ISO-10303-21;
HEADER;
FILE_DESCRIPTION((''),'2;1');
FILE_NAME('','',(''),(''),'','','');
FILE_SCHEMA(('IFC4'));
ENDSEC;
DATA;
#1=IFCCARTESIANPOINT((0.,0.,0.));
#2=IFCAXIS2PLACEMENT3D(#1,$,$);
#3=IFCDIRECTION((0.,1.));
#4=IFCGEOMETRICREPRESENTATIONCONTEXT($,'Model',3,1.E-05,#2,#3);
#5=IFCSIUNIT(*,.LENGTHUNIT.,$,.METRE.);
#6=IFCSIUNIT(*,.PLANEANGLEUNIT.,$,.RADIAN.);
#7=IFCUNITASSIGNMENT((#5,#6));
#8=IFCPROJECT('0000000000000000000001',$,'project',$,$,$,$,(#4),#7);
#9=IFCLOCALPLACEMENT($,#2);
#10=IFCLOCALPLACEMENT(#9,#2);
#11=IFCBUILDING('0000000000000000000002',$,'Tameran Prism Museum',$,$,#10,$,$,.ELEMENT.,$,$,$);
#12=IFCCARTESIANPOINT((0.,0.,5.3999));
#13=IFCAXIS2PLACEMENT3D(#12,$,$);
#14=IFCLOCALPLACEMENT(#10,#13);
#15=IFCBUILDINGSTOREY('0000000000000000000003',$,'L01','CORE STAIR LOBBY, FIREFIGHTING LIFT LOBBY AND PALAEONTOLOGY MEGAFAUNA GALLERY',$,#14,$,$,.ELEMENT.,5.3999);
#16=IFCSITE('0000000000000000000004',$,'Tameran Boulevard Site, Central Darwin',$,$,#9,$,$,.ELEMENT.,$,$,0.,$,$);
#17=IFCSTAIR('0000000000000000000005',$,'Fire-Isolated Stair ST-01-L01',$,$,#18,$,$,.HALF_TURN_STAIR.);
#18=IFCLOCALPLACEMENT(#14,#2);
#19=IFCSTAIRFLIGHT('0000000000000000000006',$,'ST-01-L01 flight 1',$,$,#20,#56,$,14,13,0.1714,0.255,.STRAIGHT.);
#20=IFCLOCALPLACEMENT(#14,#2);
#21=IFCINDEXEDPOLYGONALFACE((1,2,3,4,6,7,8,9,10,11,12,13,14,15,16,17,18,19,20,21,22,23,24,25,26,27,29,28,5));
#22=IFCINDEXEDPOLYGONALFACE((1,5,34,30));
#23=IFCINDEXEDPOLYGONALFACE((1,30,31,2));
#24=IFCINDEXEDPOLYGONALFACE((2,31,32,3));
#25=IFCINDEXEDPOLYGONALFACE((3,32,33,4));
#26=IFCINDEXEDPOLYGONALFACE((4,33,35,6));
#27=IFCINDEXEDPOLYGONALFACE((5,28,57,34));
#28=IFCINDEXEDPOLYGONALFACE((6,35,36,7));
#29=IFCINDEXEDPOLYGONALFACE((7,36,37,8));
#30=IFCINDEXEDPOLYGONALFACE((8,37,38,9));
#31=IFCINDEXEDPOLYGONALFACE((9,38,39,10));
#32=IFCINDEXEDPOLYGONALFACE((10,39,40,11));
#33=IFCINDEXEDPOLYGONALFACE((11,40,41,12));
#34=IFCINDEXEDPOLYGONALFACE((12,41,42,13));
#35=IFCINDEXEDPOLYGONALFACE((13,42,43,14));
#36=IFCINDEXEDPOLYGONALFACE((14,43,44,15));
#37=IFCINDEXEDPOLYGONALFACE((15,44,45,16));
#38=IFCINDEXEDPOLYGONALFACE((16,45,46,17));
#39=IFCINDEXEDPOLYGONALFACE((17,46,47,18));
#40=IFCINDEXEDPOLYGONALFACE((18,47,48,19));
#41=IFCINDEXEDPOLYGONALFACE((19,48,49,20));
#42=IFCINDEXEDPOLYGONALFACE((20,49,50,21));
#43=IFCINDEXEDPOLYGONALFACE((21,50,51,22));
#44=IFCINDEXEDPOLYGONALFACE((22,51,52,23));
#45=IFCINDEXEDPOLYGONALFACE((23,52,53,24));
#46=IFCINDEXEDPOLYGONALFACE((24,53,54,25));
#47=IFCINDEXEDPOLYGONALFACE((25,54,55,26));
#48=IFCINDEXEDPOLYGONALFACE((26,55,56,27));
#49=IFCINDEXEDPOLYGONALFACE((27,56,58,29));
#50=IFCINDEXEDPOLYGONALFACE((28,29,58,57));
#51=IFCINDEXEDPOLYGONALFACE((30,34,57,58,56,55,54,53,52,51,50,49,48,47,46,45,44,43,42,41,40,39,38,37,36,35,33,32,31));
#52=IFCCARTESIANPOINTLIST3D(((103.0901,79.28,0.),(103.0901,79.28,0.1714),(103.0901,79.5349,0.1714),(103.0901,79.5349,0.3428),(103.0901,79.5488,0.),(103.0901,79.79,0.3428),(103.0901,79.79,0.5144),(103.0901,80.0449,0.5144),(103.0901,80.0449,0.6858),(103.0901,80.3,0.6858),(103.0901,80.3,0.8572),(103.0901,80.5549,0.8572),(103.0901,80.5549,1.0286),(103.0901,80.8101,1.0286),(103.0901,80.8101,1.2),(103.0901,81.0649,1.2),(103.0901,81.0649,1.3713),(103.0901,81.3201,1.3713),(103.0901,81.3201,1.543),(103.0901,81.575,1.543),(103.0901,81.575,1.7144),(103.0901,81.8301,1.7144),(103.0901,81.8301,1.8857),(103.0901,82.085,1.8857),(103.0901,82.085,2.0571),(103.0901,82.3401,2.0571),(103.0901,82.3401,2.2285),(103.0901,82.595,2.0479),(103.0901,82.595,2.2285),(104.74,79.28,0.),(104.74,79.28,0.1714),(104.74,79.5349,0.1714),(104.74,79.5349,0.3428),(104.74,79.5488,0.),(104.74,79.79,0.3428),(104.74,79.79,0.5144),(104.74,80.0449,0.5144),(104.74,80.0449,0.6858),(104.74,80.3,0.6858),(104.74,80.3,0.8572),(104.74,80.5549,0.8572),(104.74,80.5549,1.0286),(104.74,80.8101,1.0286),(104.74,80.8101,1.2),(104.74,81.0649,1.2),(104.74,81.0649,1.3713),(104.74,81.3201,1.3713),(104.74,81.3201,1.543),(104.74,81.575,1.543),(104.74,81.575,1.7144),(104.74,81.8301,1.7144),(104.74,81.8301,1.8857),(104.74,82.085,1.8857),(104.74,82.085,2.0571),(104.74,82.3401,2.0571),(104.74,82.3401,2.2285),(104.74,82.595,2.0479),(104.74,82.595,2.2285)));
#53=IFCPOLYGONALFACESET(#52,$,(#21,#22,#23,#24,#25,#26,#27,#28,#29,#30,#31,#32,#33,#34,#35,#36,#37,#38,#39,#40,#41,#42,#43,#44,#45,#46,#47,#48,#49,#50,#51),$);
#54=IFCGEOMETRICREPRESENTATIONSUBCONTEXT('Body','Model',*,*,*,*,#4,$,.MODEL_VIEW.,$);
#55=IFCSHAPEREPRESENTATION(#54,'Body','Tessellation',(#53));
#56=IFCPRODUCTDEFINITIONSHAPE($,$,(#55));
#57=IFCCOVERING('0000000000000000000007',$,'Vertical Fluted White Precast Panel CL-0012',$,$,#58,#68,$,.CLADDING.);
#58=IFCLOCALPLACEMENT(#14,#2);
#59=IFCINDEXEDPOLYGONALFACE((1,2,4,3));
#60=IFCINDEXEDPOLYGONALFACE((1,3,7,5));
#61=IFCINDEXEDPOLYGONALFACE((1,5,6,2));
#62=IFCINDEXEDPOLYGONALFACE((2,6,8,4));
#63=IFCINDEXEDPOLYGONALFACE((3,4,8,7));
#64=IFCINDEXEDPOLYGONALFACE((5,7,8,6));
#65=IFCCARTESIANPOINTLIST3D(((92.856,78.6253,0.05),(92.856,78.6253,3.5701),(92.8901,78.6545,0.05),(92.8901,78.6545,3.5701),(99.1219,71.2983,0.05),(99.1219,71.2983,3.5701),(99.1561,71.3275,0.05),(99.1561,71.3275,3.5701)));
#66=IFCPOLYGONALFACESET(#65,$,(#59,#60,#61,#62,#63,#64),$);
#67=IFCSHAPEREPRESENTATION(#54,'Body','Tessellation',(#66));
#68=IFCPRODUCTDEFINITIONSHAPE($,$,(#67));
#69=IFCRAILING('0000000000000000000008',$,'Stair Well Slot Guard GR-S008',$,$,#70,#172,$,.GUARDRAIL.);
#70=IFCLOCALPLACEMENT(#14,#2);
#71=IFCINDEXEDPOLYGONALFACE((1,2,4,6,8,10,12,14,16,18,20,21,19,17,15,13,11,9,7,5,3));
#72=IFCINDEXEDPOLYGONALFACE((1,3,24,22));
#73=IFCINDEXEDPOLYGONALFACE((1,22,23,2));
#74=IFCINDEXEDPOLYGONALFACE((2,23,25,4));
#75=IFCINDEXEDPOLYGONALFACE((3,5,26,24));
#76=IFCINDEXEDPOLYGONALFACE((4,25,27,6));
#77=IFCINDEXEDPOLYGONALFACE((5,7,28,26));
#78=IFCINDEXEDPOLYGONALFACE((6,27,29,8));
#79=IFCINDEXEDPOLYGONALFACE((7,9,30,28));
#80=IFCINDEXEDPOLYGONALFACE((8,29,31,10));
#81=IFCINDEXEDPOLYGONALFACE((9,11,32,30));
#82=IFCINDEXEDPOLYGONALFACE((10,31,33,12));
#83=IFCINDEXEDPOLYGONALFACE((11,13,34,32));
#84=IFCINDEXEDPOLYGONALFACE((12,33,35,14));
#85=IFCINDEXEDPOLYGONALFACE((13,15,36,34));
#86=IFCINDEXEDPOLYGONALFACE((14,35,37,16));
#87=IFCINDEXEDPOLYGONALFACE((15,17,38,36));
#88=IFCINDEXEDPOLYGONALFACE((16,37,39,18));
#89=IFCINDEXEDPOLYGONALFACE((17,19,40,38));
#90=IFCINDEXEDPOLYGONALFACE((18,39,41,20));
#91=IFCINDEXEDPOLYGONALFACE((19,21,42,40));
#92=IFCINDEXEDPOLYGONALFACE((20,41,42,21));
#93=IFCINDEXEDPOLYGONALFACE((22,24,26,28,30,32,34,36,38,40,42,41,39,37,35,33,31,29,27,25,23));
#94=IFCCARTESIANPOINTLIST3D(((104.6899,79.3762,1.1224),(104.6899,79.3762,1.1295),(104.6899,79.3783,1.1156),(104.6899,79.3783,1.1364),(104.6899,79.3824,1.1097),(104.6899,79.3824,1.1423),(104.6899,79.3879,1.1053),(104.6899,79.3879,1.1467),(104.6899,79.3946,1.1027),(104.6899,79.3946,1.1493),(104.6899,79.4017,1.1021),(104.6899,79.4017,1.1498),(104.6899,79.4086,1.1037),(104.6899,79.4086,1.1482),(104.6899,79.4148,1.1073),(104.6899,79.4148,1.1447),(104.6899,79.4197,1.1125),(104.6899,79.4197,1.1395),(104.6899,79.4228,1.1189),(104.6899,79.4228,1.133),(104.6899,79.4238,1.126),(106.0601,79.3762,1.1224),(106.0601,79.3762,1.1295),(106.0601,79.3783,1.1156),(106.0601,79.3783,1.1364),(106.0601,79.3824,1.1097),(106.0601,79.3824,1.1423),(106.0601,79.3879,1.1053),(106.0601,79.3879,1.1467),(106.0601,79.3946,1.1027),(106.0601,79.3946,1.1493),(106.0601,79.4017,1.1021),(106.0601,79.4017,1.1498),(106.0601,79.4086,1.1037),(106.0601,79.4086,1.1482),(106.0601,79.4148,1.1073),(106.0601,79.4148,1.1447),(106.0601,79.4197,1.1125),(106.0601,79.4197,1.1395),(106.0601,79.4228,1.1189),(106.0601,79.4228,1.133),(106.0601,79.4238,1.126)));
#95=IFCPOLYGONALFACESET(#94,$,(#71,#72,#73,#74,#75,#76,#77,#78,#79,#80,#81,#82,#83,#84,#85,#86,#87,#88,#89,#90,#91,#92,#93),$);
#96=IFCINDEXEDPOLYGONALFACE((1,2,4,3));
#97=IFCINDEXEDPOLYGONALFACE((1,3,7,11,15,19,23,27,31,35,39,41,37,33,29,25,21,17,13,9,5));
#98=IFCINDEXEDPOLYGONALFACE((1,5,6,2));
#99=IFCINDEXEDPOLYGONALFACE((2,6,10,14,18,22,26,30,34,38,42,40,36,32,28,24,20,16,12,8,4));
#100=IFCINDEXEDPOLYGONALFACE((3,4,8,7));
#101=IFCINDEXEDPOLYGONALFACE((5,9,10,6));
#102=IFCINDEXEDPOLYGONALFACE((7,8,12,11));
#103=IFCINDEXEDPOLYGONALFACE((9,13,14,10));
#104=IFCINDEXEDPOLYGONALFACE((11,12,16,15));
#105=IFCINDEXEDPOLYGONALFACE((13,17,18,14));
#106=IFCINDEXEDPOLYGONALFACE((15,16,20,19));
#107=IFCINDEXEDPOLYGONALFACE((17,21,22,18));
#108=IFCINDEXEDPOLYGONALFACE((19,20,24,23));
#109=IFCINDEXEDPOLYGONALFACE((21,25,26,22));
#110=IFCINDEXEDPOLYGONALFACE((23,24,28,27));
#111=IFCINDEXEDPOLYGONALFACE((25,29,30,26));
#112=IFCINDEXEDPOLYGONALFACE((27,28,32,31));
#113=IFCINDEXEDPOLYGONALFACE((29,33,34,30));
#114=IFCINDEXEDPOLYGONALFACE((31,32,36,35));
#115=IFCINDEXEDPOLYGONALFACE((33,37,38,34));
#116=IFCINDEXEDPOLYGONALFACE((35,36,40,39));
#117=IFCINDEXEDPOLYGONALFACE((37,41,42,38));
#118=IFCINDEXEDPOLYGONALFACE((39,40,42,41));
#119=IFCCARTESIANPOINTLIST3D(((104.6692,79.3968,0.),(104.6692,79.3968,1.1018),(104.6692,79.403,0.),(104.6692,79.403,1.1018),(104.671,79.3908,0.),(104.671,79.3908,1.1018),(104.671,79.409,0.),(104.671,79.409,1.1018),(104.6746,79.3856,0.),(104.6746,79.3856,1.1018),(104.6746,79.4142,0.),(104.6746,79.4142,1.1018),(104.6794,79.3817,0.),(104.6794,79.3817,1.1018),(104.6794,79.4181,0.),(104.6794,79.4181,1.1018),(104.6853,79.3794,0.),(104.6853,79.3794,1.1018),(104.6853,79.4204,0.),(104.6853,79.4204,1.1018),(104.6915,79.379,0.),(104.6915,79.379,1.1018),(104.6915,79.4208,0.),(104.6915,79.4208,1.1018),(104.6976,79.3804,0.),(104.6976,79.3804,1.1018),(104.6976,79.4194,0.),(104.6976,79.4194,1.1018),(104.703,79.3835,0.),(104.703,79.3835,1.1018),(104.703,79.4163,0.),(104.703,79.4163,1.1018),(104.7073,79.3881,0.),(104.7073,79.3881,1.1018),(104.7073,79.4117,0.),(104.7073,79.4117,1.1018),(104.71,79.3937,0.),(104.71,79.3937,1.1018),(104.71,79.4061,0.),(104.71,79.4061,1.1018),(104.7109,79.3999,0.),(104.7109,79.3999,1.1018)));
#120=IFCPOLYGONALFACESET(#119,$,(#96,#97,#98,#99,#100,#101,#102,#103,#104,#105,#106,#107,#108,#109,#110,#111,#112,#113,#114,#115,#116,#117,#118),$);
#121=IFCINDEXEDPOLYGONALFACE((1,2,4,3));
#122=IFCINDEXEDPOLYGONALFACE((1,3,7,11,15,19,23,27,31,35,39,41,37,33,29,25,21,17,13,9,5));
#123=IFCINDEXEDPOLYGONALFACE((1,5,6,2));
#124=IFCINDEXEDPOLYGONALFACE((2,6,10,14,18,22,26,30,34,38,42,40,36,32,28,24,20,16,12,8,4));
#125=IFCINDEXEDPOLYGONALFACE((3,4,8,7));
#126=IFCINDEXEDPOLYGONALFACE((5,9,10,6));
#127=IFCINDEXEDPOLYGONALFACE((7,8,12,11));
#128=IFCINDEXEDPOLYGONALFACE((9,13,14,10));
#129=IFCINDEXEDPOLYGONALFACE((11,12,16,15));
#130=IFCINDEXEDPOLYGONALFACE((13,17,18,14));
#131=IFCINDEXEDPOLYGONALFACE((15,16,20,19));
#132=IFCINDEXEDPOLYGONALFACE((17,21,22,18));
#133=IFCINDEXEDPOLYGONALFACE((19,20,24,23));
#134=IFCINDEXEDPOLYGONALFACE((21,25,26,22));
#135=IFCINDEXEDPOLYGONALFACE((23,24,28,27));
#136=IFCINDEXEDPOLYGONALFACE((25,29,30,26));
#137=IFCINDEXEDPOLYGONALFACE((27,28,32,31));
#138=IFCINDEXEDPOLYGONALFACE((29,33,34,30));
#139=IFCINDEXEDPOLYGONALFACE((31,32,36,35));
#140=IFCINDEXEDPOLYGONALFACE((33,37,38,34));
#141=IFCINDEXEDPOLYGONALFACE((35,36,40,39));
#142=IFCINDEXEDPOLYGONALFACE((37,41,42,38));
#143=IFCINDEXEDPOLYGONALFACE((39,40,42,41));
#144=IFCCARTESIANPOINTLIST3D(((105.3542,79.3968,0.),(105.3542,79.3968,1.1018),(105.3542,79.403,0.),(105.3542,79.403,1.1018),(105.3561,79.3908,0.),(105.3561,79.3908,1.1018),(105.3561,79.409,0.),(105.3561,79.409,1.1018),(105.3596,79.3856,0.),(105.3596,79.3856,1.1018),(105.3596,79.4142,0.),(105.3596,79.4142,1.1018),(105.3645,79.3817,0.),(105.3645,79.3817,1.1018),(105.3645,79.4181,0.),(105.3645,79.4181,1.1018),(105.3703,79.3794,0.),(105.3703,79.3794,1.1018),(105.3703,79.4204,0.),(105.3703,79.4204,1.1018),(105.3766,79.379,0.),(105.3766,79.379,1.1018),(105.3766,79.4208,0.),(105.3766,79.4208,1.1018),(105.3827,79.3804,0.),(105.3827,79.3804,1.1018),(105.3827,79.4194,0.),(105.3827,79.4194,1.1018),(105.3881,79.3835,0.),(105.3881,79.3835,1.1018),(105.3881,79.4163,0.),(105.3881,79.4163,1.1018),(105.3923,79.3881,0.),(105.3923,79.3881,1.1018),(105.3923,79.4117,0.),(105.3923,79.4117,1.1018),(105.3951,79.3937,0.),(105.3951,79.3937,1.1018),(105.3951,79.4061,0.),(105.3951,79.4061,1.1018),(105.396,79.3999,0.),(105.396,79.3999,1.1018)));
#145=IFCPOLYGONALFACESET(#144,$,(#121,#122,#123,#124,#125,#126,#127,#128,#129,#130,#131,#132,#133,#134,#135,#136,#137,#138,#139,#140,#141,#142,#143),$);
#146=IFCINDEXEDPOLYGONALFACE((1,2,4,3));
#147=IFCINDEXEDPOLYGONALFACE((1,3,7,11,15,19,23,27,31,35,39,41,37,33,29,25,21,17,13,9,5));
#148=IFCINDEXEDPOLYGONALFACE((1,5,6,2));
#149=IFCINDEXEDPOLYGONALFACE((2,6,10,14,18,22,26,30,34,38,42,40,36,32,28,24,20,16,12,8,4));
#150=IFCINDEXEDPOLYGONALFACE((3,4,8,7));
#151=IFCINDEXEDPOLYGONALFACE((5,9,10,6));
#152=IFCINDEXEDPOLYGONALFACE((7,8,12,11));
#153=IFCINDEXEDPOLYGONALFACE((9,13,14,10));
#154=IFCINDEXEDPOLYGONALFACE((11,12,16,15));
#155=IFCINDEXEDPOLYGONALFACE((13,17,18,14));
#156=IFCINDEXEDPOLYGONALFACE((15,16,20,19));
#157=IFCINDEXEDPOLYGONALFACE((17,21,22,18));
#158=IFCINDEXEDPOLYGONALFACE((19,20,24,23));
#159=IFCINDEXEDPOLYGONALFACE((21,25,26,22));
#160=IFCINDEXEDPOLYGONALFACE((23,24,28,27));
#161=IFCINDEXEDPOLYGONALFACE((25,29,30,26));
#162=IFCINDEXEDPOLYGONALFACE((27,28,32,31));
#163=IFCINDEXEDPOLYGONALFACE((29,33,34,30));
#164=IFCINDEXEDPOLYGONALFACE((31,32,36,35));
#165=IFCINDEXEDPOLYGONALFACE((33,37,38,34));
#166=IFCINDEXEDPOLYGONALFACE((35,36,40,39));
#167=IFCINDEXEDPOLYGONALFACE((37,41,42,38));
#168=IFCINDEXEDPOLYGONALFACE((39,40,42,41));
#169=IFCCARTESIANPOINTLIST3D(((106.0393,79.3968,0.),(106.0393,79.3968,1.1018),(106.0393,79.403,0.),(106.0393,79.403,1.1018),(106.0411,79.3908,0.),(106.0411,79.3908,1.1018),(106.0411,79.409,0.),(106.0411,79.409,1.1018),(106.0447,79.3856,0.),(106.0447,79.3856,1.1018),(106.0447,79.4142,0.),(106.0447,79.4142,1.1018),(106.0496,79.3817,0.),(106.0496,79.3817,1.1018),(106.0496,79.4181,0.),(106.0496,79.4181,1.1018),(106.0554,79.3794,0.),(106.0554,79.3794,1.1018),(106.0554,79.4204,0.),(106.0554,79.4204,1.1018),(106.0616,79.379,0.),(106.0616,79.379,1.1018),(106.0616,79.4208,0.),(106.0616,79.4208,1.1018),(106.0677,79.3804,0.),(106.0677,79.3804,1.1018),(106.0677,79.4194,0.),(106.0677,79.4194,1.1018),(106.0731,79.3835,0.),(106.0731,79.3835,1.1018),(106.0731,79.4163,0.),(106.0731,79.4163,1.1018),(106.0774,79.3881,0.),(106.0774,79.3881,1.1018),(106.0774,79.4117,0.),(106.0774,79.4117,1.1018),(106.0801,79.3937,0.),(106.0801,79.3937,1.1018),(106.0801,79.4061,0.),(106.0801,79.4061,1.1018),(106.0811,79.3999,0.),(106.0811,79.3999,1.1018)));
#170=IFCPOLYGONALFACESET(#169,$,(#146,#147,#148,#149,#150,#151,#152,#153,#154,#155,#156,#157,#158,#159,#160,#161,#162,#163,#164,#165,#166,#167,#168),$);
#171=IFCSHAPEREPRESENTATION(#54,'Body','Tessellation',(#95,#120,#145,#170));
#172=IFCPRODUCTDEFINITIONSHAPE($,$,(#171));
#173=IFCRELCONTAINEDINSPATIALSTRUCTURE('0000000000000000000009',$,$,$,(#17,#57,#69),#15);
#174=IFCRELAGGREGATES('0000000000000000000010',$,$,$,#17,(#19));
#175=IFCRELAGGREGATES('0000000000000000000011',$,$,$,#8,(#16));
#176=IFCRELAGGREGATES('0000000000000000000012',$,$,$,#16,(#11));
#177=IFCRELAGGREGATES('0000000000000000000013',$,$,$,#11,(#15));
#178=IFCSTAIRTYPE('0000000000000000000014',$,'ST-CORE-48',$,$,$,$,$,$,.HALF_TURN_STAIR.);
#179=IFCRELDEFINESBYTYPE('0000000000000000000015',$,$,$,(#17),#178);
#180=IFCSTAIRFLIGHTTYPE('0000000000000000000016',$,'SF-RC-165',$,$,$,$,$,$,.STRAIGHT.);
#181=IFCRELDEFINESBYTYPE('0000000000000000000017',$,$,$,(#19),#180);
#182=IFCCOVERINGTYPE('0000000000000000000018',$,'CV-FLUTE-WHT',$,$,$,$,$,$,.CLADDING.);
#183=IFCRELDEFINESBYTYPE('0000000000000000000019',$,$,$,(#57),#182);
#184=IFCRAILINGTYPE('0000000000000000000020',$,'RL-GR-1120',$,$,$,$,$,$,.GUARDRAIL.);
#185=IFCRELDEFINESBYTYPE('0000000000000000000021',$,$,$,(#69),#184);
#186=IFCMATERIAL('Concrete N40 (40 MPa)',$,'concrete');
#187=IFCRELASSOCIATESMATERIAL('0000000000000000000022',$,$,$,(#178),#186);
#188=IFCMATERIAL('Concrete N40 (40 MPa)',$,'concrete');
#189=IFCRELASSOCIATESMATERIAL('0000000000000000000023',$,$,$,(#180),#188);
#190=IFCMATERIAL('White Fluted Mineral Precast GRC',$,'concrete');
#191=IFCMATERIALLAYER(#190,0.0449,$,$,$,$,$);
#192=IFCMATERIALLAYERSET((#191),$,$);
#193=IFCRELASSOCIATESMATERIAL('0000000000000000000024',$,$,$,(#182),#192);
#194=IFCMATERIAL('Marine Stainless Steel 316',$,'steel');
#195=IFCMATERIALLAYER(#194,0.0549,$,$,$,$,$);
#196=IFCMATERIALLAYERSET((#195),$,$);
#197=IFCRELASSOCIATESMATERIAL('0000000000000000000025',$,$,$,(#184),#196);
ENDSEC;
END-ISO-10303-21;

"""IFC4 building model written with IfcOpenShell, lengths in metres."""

from ifc_helpers import new_model, si_unit, direction, frame, frame_2d, origin, origin_2d, place, context, subcontext, project, spatial, polyline, rectangle, circle, outline, extrude, material, layer, layer_set, type_object, element, aggregate, save


model = new_model("IFC4")

# Units and contexts
model_context = context("Model", 3, precision=1e-05, world=origin(), true_north=direction((0.0, 1.0)))
body_context = subcontext(model_context, "Body", "Model", "MODEL_VIEW")
ifc_project = project(units=[si_unit("LENGTHUNIT", "METRE"), si_unit("PLANEANGLEUNIT", "RADIAN")], contexts=[model_context])

# Site, building, storey
site_placement = place(None, origin())
site = spatial("IfcSite", under=ifc_project, at=site_placement, Name="Tameran Boulevard Site, Central Darwin", CompositionType="ELEMENT", RefElevation=0.0)
building_placement = place(site_placement, origin())
building = spatial("IfcBuilding", under=site, at=building_placement, Name="Tameran Prism Museum", CompositionType="ELEMENT")
storey_placement = place(building_placement, frame((0.0, 0.0, 5.3999)))
storey = spatial("IfcBuildingStorey", under=building, at=storey_placement, Name="L01", Description="CORE STAIR LOBBY, FIREFIGHTING LIFT LOBBY AND PALAEONTOLOGY MEGAFAUNA GALLERY", CompositionType="ELEMENT", Elevation=5.3999)

# Stair, stair flight
ifc_material_1 = material(Name="Concrete N40 (40 MPa)", Category="concrete")
stair_type = type_object("IfcStairType", Name="ST-CORE-48", PredefinedType="HALF_TURN_STAIR", material=ifc_material_1)
stair_placement = place(storey_placement, origin())
stair = element("IfcStair", 1, at=stair_placement, inside=storey, type_object=stair_type, Name="Fire-Isolated Stair ST-01-L01", PredefinedType="HALF_TURN_STAIR")
ifc_material_2 = material(Name="Concrete N40 (40 MPa)", Category="concrete")
stair_flight_type = type_object("IfcStairFlightType", Name="SF-RC-165", PredefinedType="STRAIGHT", material=ifc_material_2)
stair_flight_placement = place(storey_placement, frame((103.915, 79.28, 0.0), z_axis=(0.0, 0.0, 1.0), x_axis=(0.0, 1.0, 0.0)))
stair_flight = element("IfcStairFlight", 2, at=stair_flight_placement, type_object=stair_flight_type, Name="ST-01-L01 flight 1", NumberOfRisers=14, NumberOfTreads=13, PredefinedType="STRAIGHT", RiserHeight=0.1714, TreadLength=0.255, context=body_context, shape_type="SweptSolid", body=[
    extrude(outline(polyline([(0.0, 0.0), (0.0, 0.1714), (0.2549, 0.1714), (0.2549, 0.3428), (0.51, 0.3428), (0.51, 0.5144), (0.7649, 0.5144), (0.7649, 0.6858), (1.02, 0.6858), (1.02, 0.8572), (1.2749, 0.8572), (1.2749, 1.0286), (1.53, 1.0286), (1.53, 1.2), (1.7849, 1.2), (1.7849, 1.3713), (2.04, 1.3713), (2.04, 1.543), (2.2949, 1.543), (2.2949, 1.7144), (2.55, 1.7144), (2.55, 1.8857), (2.8049, 1.8857), (2.8049, 2.0571), (3.0601, 2.0571), (3.0601, 2.2285), (3.3149, 2.2285), (3.3149, 2.3999), (3.3149, 2.0479), (0.2688, 0.0), (0.0, 0.0)])), frame((0.0, 0.825, 0.0), z_axis=(0.0, -1.0, 0.0), x_axis=(1.0, 0.0, 0.0)), (0.0, 0.0, 1.0), 1.6499),
])
aggregate(stair, [stair_flight])

# Covering
ifc_material_3 = material(Name="White Fluted Mineral Precast GRC", Category="concrete")
ifc_layer_1 = layer(ifc_material_3, 0.0449)
ifc_layer_set_1 = layer_set([ifc_layer_1])
covering_type = type_object("IfcCoveringType", Name="CV-FLUTE-WHT", PredefinedType="CLADDING", material=ifc_layer_set_1)
covering_placement = place(storey_placement, frame((99.1389, 71.313, 0.05), z_axis=(0.0, 0.0, 1.0), x_axis=(-0.649934, 0.759991, 0.0)))
element("IfcCovering", 3, at=covering_placement, inside=storey, type_object=covering_type, Name="Vertical Fluted White Precast Panel CL-0012", PredefinedType="CLADDING", context=body_context, shape_type="SweptSolid", body=[
    extrude(rectangle(XDim=9.6409, YDim=0.0449, at=frame_2d((4.8203, 0.0))), origin(), (0.0, 0.0, 1.0), 3.52),
])

# Railing
ifc_material_4 = material(Name="Marine Stainless Steel 316", Category="steel")
ifc_layer_2 = layer(ifc_material_4, 0.0549)
ifc_layer_set_2 = layer_set([ifc_layer_2])
railing_type_1 = type_object("IfcRailingType", Name="RL-GR-1120", PredefinedType="GUARDRAIL", material=ifc_layer_set_2)
railing_1_placement = place(storey_placement, frame((104.6899, 79.3999, 0.0)))
element("IfcRailing", 4, at=railing_1_placement, inside=storey, type_object=railing_type_1, Name="Stair Well Slot Guard GR-S008", PredefinedType="GUARDRAIL", context=body_context, shape_type="SweptSolid", body=[
    extrude(circle(Radius=0.0239, at=origin_2d()), frame((0.0, 0.0, 1.126), z_axis=(1.0, 0.0, 0.0), x_axis=(0.0, 1.0, 0.0)), (0.0, 0.0, 1.0), 1.3701),
    extrude(circle(Radius=0.021, at=origin_2d()), origin(), (0.0, 0.0, 1.0), 1.1018),
    extrude(circle(Radius=0.021, at=origin_2d()), frame((0.6851, 0.0, 0.0)), (0.0, 0.0, 1.0), 1.1018),
    extrude(circle(Radius=0.021, at=origin_2d()), frame((1.3701, 0.0, 0.0)), (0.0, 0.0, 1.0), 1.1018),
])

save(model, "model.ifc")
